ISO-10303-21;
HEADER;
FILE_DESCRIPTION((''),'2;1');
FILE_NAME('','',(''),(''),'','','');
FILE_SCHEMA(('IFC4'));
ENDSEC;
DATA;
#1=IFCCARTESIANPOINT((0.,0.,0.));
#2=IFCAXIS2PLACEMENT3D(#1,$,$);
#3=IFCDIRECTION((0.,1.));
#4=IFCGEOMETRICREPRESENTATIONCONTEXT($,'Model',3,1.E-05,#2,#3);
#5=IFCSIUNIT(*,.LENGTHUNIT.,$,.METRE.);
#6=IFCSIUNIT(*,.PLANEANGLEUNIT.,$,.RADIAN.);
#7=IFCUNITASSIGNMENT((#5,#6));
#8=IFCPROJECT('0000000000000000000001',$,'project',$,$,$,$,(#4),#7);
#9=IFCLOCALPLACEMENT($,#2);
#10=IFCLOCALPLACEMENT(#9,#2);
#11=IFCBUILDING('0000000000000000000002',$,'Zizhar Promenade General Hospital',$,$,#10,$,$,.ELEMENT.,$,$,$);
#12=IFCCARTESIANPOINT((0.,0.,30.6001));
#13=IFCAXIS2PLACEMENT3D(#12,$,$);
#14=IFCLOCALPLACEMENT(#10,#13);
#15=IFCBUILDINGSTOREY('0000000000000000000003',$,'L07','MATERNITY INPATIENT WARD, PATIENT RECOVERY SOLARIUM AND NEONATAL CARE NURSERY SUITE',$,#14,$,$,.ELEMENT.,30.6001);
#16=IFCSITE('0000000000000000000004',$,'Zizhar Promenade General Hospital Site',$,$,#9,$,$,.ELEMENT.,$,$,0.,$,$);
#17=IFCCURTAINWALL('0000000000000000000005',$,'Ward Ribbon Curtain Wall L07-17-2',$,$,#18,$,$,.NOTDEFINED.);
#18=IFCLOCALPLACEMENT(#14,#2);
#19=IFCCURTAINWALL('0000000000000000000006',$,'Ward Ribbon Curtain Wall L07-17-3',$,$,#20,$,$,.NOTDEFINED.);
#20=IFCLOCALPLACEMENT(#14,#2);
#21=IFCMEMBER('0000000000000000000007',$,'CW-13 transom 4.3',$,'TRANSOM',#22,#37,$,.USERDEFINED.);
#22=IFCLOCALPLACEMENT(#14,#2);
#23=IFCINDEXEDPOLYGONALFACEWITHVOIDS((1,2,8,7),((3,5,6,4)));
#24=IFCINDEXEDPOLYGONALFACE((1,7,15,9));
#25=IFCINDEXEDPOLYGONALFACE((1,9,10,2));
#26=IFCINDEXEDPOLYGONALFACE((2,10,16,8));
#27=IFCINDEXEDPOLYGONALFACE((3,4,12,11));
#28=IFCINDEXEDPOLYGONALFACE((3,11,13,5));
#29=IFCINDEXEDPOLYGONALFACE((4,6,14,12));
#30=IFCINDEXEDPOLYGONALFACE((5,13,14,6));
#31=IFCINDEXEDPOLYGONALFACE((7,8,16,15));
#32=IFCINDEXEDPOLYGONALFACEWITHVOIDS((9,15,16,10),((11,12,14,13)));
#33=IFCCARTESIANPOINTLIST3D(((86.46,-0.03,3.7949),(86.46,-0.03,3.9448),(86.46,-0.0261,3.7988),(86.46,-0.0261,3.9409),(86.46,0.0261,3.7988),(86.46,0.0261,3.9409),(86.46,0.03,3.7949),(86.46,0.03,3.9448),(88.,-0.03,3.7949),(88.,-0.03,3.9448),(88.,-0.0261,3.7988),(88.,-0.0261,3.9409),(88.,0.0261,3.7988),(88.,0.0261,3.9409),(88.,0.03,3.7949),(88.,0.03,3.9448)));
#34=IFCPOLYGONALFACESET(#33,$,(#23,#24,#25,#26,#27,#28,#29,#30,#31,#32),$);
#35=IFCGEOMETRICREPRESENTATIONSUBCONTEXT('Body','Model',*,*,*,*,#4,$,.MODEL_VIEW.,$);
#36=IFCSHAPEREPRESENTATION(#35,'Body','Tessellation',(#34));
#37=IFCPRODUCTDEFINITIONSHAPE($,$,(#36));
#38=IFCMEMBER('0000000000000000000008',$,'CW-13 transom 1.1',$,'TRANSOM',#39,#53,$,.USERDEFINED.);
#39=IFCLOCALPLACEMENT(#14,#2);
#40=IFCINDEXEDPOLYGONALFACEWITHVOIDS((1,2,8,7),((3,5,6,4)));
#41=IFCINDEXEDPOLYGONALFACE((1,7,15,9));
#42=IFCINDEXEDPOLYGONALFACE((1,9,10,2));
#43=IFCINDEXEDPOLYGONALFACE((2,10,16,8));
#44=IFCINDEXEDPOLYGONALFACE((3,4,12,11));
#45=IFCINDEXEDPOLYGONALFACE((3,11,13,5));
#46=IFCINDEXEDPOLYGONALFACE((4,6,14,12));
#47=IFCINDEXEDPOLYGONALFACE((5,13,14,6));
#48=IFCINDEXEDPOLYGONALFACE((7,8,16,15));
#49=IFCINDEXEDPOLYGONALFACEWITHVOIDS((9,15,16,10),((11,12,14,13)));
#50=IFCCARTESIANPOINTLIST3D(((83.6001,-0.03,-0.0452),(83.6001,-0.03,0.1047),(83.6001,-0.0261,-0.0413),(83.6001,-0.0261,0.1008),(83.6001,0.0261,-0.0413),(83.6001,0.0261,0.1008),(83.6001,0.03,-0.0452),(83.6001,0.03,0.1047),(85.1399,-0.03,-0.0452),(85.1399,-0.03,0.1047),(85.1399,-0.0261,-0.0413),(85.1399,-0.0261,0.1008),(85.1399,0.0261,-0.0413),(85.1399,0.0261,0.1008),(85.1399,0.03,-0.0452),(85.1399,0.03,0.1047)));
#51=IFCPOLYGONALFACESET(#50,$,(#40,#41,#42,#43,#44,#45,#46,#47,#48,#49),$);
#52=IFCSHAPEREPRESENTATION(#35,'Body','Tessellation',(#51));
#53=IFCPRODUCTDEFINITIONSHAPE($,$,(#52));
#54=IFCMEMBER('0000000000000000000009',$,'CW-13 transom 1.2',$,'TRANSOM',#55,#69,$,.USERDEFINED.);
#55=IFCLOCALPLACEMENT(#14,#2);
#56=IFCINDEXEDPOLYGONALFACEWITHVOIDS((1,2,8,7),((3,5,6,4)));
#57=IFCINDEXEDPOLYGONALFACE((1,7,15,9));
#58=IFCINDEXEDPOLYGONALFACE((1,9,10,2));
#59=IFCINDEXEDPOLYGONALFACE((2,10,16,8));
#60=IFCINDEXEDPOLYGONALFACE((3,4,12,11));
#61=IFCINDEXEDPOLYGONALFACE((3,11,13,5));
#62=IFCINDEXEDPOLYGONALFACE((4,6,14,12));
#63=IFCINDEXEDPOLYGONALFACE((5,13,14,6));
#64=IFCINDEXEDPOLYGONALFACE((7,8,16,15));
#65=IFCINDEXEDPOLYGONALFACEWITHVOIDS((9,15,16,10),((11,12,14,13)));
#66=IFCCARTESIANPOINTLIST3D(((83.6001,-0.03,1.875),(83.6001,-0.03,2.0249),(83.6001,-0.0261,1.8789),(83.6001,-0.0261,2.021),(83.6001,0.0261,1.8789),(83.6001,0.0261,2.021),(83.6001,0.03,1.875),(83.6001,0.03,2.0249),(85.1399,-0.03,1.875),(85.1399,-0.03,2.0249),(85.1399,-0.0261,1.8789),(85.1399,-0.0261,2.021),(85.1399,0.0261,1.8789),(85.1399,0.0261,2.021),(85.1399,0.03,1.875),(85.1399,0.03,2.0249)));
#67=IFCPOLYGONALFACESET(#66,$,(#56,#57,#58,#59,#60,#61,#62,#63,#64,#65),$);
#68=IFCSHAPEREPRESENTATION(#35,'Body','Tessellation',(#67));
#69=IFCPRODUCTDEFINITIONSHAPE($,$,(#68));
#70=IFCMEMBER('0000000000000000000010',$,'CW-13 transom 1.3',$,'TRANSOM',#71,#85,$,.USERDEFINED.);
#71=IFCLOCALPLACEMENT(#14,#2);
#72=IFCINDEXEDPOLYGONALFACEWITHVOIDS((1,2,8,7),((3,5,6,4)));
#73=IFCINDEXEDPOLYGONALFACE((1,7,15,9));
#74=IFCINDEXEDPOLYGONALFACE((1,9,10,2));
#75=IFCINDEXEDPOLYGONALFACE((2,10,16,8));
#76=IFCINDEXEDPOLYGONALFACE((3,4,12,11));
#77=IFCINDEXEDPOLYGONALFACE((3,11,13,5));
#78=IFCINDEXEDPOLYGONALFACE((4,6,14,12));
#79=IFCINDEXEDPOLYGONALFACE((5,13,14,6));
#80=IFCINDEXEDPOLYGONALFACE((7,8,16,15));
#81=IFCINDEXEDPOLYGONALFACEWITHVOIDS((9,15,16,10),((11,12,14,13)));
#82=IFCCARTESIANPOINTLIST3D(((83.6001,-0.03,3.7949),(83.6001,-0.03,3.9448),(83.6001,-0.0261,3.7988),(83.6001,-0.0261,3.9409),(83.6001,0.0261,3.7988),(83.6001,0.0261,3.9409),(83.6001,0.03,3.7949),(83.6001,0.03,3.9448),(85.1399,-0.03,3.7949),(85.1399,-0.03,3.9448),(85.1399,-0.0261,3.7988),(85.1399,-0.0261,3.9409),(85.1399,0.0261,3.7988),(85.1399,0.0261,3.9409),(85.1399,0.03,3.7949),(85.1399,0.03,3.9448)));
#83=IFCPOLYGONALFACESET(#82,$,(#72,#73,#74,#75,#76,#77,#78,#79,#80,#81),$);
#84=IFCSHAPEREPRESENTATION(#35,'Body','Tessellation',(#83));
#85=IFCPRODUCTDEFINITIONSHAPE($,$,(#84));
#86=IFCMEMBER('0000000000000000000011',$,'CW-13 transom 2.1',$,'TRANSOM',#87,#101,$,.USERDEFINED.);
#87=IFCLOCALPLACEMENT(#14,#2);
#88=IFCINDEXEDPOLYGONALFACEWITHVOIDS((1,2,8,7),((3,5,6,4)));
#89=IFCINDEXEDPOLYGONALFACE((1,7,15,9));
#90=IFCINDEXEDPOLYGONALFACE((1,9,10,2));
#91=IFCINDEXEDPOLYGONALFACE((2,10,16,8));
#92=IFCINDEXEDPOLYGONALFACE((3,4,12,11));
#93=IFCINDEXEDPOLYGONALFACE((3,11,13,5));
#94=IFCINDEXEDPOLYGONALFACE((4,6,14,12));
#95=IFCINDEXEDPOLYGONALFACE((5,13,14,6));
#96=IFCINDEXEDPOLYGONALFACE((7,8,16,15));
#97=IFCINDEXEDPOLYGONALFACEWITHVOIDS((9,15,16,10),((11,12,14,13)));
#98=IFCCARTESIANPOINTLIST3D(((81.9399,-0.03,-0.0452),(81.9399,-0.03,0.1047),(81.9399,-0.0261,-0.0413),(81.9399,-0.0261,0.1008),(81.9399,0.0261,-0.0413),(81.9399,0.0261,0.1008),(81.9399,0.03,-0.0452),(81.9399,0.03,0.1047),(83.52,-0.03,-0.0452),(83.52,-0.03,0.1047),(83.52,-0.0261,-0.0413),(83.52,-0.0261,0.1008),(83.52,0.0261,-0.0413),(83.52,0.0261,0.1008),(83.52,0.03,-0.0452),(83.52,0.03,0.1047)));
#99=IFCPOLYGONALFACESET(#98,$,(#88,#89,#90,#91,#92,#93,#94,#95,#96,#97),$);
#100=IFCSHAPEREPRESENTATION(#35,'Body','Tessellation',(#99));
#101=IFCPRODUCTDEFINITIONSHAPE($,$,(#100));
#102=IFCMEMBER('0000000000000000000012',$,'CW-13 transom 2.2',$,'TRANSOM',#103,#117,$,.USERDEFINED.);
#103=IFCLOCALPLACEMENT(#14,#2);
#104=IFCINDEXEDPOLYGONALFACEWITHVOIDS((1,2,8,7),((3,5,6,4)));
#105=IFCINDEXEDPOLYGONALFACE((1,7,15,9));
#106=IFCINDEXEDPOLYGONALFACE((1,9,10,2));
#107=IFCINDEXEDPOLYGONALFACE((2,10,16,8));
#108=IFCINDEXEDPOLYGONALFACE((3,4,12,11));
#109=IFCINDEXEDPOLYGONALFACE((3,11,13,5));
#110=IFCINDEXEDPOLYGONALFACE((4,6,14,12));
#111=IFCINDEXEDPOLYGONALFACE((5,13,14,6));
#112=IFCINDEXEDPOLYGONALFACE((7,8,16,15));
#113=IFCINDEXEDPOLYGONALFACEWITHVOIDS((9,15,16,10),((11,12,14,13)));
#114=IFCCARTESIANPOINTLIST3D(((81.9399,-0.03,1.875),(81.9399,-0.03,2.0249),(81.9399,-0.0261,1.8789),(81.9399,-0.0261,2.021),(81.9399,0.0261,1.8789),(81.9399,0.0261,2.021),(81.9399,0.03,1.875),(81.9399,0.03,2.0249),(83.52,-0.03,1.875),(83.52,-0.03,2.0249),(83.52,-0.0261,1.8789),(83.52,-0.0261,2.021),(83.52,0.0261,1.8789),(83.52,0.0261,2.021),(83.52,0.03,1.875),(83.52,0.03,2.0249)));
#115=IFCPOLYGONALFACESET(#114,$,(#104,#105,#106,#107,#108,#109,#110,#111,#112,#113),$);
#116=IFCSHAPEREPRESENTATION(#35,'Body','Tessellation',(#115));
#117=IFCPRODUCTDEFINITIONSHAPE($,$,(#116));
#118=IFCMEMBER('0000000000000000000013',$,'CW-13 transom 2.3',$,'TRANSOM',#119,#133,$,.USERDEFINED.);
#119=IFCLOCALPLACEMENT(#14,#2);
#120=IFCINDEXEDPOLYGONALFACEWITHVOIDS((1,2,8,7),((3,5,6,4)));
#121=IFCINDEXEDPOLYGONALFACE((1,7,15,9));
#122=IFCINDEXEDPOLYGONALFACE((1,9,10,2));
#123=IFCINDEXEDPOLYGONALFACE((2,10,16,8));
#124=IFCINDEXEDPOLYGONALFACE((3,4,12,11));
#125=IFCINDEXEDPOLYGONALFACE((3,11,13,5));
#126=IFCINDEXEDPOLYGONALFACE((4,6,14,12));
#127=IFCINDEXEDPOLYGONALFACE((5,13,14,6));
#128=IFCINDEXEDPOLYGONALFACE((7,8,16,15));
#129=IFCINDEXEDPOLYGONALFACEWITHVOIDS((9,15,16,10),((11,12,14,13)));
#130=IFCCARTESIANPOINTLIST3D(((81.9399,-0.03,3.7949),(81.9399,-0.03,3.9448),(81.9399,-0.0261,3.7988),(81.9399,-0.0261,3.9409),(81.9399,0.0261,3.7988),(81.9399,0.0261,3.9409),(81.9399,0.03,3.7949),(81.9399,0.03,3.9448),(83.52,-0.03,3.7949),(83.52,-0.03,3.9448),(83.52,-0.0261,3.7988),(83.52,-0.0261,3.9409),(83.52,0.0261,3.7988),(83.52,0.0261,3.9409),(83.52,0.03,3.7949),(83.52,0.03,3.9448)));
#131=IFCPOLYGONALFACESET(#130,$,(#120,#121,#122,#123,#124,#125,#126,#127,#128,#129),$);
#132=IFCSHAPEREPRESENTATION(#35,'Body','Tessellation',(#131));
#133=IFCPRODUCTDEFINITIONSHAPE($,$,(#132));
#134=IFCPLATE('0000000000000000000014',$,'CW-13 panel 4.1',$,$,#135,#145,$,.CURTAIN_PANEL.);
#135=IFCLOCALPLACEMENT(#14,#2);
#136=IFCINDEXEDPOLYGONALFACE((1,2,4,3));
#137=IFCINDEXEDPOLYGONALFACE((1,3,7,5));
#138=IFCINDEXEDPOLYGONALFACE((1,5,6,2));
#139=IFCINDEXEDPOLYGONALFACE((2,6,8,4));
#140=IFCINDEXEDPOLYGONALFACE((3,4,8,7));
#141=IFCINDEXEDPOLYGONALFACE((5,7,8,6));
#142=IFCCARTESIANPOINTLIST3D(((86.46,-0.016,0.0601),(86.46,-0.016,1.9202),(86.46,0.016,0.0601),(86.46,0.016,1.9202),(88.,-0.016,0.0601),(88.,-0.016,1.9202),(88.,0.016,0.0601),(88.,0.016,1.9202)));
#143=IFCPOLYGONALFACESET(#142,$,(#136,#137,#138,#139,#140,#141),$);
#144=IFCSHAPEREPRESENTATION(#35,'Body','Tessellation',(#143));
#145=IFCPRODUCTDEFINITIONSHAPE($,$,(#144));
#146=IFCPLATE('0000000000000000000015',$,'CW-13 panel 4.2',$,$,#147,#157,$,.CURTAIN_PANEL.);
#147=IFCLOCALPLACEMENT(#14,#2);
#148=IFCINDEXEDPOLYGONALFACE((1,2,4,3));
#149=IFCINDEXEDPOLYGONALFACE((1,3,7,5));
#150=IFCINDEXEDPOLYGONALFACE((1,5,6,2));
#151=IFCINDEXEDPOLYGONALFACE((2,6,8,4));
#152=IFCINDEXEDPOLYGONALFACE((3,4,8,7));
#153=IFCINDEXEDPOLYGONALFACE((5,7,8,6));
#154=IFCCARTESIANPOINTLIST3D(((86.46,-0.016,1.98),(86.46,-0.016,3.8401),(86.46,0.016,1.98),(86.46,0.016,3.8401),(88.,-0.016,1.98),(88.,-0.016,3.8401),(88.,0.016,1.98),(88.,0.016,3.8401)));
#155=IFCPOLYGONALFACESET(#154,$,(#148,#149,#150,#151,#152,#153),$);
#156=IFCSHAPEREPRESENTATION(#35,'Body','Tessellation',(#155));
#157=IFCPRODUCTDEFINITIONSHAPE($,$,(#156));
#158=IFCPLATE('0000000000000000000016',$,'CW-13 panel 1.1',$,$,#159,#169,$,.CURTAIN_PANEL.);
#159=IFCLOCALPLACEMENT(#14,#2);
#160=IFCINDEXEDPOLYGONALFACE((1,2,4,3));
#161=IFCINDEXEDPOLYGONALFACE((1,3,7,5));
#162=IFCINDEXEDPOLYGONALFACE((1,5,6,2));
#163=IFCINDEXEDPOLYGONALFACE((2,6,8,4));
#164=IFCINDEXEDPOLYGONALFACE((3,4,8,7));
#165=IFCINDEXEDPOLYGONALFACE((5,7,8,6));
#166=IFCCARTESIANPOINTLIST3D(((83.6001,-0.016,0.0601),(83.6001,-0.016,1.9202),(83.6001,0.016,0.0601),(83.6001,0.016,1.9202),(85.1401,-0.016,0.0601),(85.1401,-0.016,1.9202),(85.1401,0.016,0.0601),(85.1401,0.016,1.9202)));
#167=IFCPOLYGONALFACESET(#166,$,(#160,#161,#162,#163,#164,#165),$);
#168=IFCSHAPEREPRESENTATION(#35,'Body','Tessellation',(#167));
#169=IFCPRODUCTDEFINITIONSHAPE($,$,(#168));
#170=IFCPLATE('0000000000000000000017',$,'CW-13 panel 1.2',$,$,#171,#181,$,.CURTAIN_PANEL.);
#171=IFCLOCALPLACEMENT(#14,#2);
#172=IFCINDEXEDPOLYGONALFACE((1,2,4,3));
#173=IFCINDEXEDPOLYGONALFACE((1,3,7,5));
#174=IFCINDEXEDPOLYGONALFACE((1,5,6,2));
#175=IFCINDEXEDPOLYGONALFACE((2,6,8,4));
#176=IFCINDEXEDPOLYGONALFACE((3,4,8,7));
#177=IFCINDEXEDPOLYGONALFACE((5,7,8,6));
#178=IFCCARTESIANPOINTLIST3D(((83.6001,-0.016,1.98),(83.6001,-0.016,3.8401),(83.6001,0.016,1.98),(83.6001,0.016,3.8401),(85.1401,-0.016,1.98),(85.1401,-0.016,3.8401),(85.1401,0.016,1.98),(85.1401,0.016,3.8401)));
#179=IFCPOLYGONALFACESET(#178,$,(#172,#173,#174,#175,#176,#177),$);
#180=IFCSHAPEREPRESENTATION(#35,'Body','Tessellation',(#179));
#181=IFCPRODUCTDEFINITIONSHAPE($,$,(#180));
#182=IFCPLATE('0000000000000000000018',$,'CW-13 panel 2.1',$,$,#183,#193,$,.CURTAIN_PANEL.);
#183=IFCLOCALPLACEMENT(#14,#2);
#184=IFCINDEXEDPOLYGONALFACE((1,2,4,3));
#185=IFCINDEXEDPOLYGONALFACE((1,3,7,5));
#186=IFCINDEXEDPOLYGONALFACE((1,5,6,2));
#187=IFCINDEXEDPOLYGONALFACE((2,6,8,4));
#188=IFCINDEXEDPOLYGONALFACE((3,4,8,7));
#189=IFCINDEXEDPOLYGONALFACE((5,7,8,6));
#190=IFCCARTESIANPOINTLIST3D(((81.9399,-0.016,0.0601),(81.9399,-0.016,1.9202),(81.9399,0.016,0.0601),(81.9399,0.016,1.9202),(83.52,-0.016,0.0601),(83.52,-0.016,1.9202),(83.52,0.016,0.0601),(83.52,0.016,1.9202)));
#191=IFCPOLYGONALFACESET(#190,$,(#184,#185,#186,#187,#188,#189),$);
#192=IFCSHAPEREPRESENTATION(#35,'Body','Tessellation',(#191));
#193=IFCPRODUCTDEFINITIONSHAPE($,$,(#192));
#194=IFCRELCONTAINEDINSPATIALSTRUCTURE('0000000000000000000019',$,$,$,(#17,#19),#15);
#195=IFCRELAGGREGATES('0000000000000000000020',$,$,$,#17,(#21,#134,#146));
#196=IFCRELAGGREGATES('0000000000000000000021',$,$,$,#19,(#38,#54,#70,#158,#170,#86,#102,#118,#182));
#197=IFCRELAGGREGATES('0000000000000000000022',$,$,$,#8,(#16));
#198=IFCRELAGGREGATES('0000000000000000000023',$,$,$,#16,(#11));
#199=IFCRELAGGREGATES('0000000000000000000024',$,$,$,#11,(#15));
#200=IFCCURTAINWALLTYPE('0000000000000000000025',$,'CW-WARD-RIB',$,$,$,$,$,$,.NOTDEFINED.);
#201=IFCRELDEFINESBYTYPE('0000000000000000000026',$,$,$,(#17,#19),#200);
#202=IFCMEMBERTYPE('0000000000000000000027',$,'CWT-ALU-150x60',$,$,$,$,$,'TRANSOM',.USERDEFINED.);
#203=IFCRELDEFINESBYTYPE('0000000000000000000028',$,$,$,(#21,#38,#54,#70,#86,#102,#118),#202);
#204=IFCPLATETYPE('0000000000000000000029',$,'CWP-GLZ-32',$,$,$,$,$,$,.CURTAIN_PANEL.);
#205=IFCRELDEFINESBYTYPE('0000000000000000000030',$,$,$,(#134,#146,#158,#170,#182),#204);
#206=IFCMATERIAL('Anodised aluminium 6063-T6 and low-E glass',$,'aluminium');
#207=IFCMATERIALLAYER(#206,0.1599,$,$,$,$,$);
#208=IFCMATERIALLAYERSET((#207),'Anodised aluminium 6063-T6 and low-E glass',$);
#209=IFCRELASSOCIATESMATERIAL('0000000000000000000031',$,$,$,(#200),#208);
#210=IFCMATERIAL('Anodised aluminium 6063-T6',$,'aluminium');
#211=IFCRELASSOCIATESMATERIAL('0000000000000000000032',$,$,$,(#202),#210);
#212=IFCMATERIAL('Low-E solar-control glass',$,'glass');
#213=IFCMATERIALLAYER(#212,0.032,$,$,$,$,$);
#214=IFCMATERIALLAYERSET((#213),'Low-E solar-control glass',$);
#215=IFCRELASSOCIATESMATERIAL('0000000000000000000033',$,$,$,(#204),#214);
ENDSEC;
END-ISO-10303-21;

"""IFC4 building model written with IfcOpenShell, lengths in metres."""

from ifc_helpers import new_model, si_unit, direction, frame, origin, origin_2d, place, context, subcontext, project, spatial, rectangle, hollow_rectangle, extrude, material, layer, layer_set, material_profile, profile_set, type_object, element, aggregate, save


model = new_model("IFC4")

# Units and contexts
model_context = context("Model", 3, precision=1e-05, world=origin(), true_north=direction((0.0, 1.0)))
body_context = subcontext(model_context, "Body", "Model", "MODEL_VIEW")
ifc_project = project(units=[si_unit("LENGTHUNIT", "METRE"), si_unit("PLANEANGLEUNIT", "RADIAN")], contexts=[model_context])

# Site, building, storey
site_placement = place(None, origin())
site = spatial("IfcSite", under=ifc_project, at=site_placement, Name="Zizhar Promenade General Hospital Site", CompositionType="ELEMENT", RefElevation=0.0)
building_placement = place(site_placement, origin())
building = spatial("IfcBuilding", under=site, at=building_placement, Name="Zizhar Promenade General Hospital", CompositionType="ELEMENT")
storey_placement = place(building_placement, frame((0.0, 0.0, 30.6001)))
storey = spatial("IfcBuildingStorey", under=building, at=storey_placement, Name="L07", Description="MATERNITY INPATIENT WARD, PATIENT RECOVERY SOLARIUM AND NEONATAL CARE NURSERY SUITE", CompositionType="ELEMENT", Elevation=30.6001)

# Curtain walls
ifc_material_1 = material(Name="Anodised aluminium 6063-T6 and low-E glass", Category="aluminium")
ifc_layer_1 = layer(ifc_material_1, 0.1599)
ifc_layer_set_1 = layer_set([ifc_layer_1], Name="Anodised aluminium 6063-T6 and low-E glass")
curtain_wall_type = type_object("IfcCurtainWallType", Name="CW-WARD-RIB", PredefinedType="NOTDEFINED", material=ifc_layer_set_1)
curtain_wall_1_placement = place(storey_placement, origin())
curtain_wall_1 = element("IfcCurtainWall", 1, at=curtain_wall_1_placement, inside=storey, type_object=curtain_wall_type, Name="Ward Ribbon Curtain Wall L07-17-2", PredefinedType="NOTDEFINED")
curtain_wall_2_placement = place(storey_placement, origin())
curtain_wall_2 = element("IfcCurtainWall", 2, at=curtain_wall_2_placement, inside=storey, type_object=curtain_wall_type, Name="Ward Ribbon Curtain Wall L07-17-3", PredefinedType="NOTDEFINED")

# Members
ifc_material_2 = material(Name="Anodised aluminium 6063-T6", Category="aluminium")
ifc_material_profile_1 = material_profile(ifc_material_2, hollow_rectangle(XDim=0.0601, YDim=0.1499, WallThickness=0.0039, at=origin_2d()))
ifc_profile_set_1 = profile_set([ifc_material_profile_1], Name="Anodised aluminium 6063-T6")
member_type_1 = type_object("IfcMemberType", Name="CWT-ALU-150x60", ElementType="TRANSOM", PredefinedType="USERDEFINED", material=ifc_profile_set_1)
member_1_placement = place(storey_placement, frame((88.0, 0.0, 3.8699), z_axis=(-1.0, 0.0, 0.0), x_axis=(0.0, -1.0, 0.0)))
member_1 = element("IfcMember", 3, at=member_1_placement, type_object=member_type_1, Name="CW-13 transom 4.3", ObjectType="TRANSOM", PredefinedType="USERDEFINED", context=body_context, shape_type="SweptSolid", body=[
    extrude(hollow_rectangle(XDim=0.0601, YDim=0.1499, WallThickness=0.0039, at=origin_2d()), origin(), (0.0, 0.0, 1.0), 1.54),
])
member_2_placement = place(storey_placement, frame((85.1399, 0.0, 0.0298), z_axis=(-1.0, 0.0, 0.0), x_axis=(0.0, -1.0, 0.0)))
member_2 = element("IfcMember", 4, at=member_2_placement, type_object=member_type_1, Name="CW-13 transom 1.1", ObjectType="TRANSOM", PredefinedType="USERDEFINED", context=body_context, shape_type="SweptSolid", body=[
    extrude(hollow_rectangle(XDim=0.0601, YDim=0.1499, WallThickness=0.0039, at=origin_2d()), origin(), (0.0, 0.0, 1.0), 1.5398),
])
member_3_placement = place(storey_placement, frame((85.1399, 0.0, 1.95), z_axis=(-1.0, 0.0, 0.0), x_axis=(0.0, -1.0, 0.0)))
member_3 = element("IfcMember", 5, at=member_3_placement, type_object=member_type_1, Name="CW-13 transom 1.2", ObjectType="TRANSOM", PredefinedType="USERDEFINED", context=body_context, shape_type="SweptSolid", body=[
    extrude(hollow_rectangle(XDim=0.0601, YDim=0.1499, WallThickness=0.0039, at=origin_2d()), origin(), (0.0, 0.0, 1.0), 1.5398),
])
member_4_placement = place(storey_placement, frame((85.1399, 0.0, 3.8699), z_axis=(-1.0, 0.0, 0.0), x_axis=(0.0, -1.0, 0.0)))
member_4 = element("IfcMember", 6, at=member_4_placement, type_object=member_type_1, Name="CW-13 transom 1.3", ObjectType="TRANSOM", PredefinedType="USERDEFINED", context=body_context, shape_type="SweptSolid", body=[
    extrude(hollow_rectangle(XDim=0.0601, YDim=0.1499, WallThickness=0.0039, at=origin_2d()), origin(), (0.0, 0.0, 1.0), 1.5398),
])
member_5_placement = place(storey_placement, frame((83.52, 0.0, 0.0298), z_axis=(-1.0, 0.0, 0.0), x_axis=(0.0, -1.0, 0.0)))
member_5 = element("IfcMember", 7, at=member_5_placement, type_object=member_type_1, Name="CW-13 transom 2.1", ObjectType="TRANSOM", PredefinedType="USERDEFINED", context=body_context, shape_type="SweptSolid", body=[
    extrude(hollow_rectangle(XDim=0.0601, YDim=0.1499, WallThickness=0.0039, at=origin_2d()), origin(), (0.0, 0.0, 1.0), 1.5801),
])
member_6_placement = place(storey_placement, frame((83.52, 0.0, 1.95), z_axis=(-1.0, 0.0, 0.0), x_axis=(0.0, -1.0, 0.0)))
member_6 = element("IfcMember", 8, at=member_6_placement, type_object=member_type_1, Name="CW-13 transom 2.2", ObjectType="TRANSOM", PredefinedType="USERDEFINED", context=body_context, shape_type="SweptSolid", body=[
    extrude(hollow_rectangle(XDim=0.0601, YDim=0.1499, WallThickness=0.0039, at=origin_2d()), origin(), (0.0, 0.0, 1.0), 1.5801),
])
member_7_placement = place(storey_placement, frame((83.52, 0.0, 3.8699), z_axis=(-1.0, 0.0, 0.0), x_axis=(0.0, -1.0, 0.0)))
member_7 = element("IfcMember", 9, at=member_7_placement, type_object=member_type_1, Name="CW-13 transom 2.3", ObjectType="TRANSOM", PredefinedType="USERDEFINED", context=body_context, shape_type="SweptSolid", body=[
    extrude(hollow_rectangle(XDim=0.0601, YDim=0.1499, WallThickness=0.0039, at=origin_2d()), origin(), (0.0, 0.0, 1.0), 1.5801),
])

# Plates
ifc_material_3 = material(Name="Low-E solar-control glass", Category="glass")
ifc_layer_2 = layer(ifc_material_3, 0.032)
ifc_layer_set_2 = layer_set([ifc_layer_2], Name="Low-E solar-control glass")
plate_type = type_object("IfcPlateType", Name="CWP-GLZ-32", PredefinedType="CURTAIN_PANEL", material=ifc_layer_set_2)
plate_1_placement = place(storey_placement, frame((87.23, 0.0, 0.0601), z_axis=(0.0, 0.0, 1.0), x_axis=(-1.0, 0.0, 0.0)))
plate_1 = element("IfcPlate", 10, at=plate_1_placement, type_object=plate_type, Name="CW-13 panel 4.1", PredefinedType="CURTAIN_PANEL", context=body_context, shape_type="SweptSolid", body=[
    extrude(rectangle(XDim=1.54, YDim=0.032, at=origin_2d()), origin(), (0.0, 0.0, 1.0), 1.8601),
])
plate_2_placement = place(storey_placement, frame((87.23, 0.0, 1.98), z_axis=(0.0, 0.0, 1.0), x_axis=(-1.0, 0.0, 0.0)))
plate_2 = element("IfcPlate", 11, at=plate_2_placement, type_object=plate_type, Name="CW-13 panel 4.2", PredefinedType="CURTAIN_PANEL", context=body_context, shape_type="SweptSolid", body=[
    extrude(rectangle(XDim=1.54, YDim=0.032, at=origin_2d()), origin(), (0.0, 0.0, 1.0), 1.8601),
])
aggregate(curtain_wall_1, [member_1, plate_1, plate_2])
plate_3_placement = place(storey_placement, frame((84.3701, 0.0, 0.0601), z_axis=(0.0, 0.0, 1.0), x_axis=(-1.0, 0.0, 0.0)))
plate_3 = element("IfcPlate", 12, at=plate_3_placement, type_object=plate_type, Name="CW-13 panel 1.1", PredefinedType="CURTAIN_PANEL", context=body_context, shape_type="SweptSolid", body=[
    extrude(rectangle(XDim=1.54, YDim=0.032, at=origin_2d()), origin(), (0.0, 0.0, 1.0), 1.8601),
])
plate_4_placement = place(storey_placement, frame((84.3701, 0.0, 1.98), z_axis=(0.0, 0.0, 1.0), x_axis=(-1.0, 0.0, 0.0)))
plate_4 = element("IfcPlate", 13, at=plate_4_placement, type_object=plate_type, Name="CW-13 panel 1.2", PredefinedType="CURTAIN_PANEL", context=body_context, shape_type="SweptSolid", body=[
    extrude(rectangle(XDim=1.54, YDim=0.032, at=origin_2d()), origin(), (0.0, 0.0, 1.0), 1.8601),
])
plate_5_placement = place(storey_placement, frame((82.73, 0.0, 0.0601), z_axis=(0.0, 0.0, 1.0), x_axis=(-1.0, 0.0, 0.0)))
plate_5 = element("IfcPlate", 14, at=plate_5_placement, type_object=plate_type, Name="CW-13 panel 2.1", PredefinedType="CURTAIN_PANEL", context=body_context, shape_type="SweptSolid", body=[
    extrude(rectangle(XDim=1.5801, YDim=0.032, at=origin_2d()), origin(), (0.0, 0.0, 1.0), 1.8601),
])
aggregate(curtain_wall_2, [member_2, member_3, member_4, plate_3, plate_4, member_5, member_6, member_7, plate_5])

save(model, "model.ifc")
